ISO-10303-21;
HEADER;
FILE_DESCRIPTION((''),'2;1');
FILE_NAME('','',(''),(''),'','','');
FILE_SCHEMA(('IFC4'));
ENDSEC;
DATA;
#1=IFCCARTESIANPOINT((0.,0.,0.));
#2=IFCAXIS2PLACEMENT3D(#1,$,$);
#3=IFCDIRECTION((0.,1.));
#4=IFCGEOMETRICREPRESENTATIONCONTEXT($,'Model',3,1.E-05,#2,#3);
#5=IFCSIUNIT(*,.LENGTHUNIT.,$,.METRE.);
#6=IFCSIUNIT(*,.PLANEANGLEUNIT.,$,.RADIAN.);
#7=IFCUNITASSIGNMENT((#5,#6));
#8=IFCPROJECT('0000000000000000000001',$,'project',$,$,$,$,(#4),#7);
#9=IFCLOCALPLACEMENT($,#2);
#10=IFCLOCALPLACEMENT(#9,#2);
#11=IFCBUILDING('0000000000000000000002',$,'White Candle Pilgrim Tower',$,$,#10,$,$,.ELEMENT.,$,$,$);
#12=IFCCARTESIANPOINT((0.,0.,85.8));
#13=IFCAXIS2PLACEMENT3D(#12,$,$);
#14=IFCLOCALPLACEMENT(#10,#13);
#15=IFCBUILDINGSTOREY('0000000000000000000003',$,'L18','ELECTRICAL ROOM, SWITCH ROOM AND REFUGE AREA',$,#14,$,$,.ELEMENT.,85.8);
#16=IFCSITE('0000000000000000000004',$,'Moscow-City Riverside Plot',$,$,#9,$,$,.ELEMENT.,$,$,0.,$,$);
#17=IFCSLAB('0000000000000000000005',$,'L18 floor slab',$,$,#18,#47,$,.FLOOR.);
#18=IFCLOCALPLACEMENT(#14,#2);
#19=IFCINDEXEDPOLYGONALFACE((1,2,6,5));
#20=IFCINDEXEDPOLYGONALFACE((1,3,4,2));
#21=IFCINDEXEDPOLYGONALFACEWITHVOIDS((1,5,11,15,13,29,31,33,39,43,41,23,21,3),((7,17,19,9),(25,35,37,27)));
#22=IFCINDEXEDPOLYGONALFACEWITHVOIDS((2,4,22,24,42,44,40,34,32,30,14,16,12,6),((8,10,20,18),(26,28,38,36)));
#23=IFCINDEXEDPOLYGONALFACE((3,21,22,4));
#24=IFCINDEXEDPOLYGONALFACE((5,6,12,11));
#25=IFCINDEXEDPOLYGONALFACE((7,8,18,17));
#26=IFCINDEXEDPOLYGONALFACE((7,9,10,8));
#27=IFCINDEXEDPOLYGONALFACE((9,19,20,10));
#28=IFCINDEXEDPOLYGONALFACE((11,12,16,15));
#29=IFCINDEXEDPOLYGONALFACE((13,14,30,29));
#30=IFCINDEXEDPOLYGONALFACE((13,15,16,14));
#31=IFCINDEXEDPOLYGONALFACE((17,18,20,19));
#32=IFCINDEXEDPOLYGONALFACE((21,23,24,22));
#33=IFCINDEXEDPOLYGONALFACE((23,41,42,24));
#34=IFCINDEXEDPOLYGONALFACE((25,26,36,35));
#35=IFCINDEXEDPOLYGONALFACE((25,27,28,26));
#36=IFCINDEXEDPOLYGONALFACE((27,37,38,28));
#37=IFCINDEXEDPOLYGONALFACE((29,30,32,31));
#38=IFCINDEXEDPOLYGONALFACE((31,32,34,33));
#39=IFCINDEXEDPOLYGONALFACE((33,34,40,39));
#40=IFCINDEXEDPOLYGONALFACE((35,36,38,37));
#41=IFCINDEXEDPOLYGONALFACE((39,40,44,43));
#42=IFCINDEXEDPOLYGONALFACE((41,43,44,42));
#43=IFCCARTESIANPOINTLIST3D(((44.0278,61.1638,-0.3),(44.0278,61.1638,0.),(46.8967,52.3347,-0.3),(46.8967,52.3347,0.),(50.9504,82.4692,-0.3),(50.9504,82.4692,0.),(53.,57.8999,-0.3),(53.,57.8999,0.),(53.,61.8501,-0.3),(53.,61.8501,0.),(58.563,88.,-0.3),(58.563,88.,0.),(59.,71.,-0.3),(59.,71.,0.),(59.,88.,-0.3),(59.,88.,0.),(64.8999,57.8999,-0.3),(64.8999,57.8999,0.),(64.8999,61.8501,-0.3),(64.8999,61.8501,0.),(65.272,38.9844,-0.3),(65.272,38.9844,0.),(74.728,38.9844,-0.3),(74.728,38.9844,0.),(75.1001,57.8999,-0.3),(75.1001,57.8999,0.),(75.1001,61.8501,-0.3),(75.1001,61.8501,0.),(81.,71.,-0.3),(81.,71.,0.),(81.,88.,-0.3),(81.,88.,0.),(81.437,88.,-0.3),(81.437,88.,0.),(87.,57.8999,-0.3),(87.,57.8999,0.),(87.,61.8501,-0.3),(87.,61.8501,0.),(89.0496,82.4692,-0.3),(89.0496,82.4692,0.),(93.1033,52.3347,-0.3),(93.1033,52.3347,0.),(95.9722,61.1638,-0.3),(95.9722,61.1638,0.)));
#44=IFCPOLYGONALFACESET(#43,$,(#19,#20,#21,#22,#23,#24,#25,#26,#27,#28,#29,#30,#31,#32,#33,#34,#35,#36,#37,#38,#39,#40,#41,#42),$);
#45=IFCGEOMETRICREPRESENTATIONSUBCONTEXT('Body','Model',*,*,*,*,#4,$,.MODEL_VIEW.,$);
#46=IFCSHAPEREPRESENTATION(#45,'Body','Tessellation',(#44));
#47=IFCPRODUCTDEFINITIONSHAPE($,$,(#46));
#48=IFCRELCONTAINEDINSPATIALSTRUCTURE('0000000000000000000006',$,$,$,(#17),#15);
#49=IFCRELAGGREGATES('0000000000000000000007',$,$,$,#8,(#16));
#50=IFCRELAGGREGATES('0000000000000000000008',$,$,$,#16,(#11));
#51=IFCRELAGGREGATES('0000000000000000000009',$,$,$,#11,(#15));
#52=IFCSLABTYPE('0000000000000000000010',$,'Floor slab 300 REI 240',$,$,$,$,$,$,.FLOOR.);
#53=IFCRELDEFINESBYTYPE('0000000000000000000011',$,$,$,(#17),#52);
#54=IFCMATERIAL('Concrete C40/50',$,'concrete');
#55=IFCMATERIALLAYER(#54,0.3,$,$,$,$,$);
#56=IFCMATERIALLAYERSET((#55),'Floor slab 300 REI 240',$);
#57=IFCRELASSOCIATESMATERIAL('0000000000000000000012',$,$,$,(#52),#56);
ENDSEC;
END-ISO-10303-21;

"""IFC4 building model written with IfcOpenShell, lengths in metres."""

from ifc_helpers import new_model, si_unit, direction, frame, origin, place, context, subcontext, project, spatial, polyline, outline, extrude, material, layer, layer_set, type_object, element, save


model = new_model("IFC4")

# Units and contexts
model_context = context("Model", 3, precision=1e-05, world=origin(), true_north=direction((0.0, 1.0)))
body_context = subcontext(model_context, "Body", "Model", "MODEL_VIEW")
ifc_project = project(units=[si_unit("LENGTHUNIT", "METRE"), si_unit("PLANEANGLEUNIT", "RADIAN")], contexts=[model_context])

# Site, building, storey
site_placement = place(None, origin())
site = spatial("IfcSite", under=ifc_project, at=site_placement, Name="Moscow-City Riverside Plot", CompositionType="ELEMENT", RefElevation=0.0)
building_placement = place(site_placement, origin())
building = spatial("IfcBuilding", under=site, at=building_placement, Name="White Candle Pilgrim Tower", CompositionType="ELEMENT")
storey_placement = place(building_placement, frame((0.0, 0.0, 85.8)))
storey = spatial("IfcBuildingStorey", under=building, at=storey_placement, Name="L18", Description="ELECTRICAL ROOM, SWITCH ROOM AND REFUGE AREA", CompositionType="ELEMENT", Elevation=85.8)

# Slab
ifc_material_1 = material(Name="Concrete C40/50", Category="concrete")
ifc_layer_1 = layer(ifc_material_1, 0.3)
ifc_layer_set_1 = layer_set([ifc_layer_1], Name="Floor slab 300 REI 240")
slab_type_1 = type_object("IfcSlabType", Name="Floor slab 300 REI 240", PredefinedType="FLOOR", material=ifc_layer_set_1)
slab_1_placement = place(storey_placement, frame((0.0, 0.0, -0.3)))
element("IfcSlab", 1, at=slab_1_placement, inside=storey, type_object=slab_type_1, Name="L18 floor slab", PredefinedType="FLOOR", context=body_context, shape_type="SweptSolid", body=[
    extrude(outline(polyline([(65.272, 38.9844), (74.728, 38.9844), (93.1033, 52.3347), (95.9722, 61.1638), (89.0496, 82.4692), (81.437, 88.0), (81.0, 88.0), (81.0, 71.0), (59.0, 71.0), (59.0, 88.0), (58.563, 88.0), (50.9504, 82.4692), (44.0278, 61.1638), (46.8967, 52.3347), (65.272, 38.9844)]), holes=[polyline([(53.0, 57.8999), (53.0, 61.8501), (64.8999, 61.8501), (64.8999, 57.8999), (53.0, 57.8999)]), polyline([(75.1001, 57.8999), (75.1001, 61.8501), (87.0, 61.8501), (87.0, 57.8999), (75.1001, 57.8999)])]), origin(), (0.0, 0.0, 1.0), 0.3),
])

save(model, "model.ifc")
